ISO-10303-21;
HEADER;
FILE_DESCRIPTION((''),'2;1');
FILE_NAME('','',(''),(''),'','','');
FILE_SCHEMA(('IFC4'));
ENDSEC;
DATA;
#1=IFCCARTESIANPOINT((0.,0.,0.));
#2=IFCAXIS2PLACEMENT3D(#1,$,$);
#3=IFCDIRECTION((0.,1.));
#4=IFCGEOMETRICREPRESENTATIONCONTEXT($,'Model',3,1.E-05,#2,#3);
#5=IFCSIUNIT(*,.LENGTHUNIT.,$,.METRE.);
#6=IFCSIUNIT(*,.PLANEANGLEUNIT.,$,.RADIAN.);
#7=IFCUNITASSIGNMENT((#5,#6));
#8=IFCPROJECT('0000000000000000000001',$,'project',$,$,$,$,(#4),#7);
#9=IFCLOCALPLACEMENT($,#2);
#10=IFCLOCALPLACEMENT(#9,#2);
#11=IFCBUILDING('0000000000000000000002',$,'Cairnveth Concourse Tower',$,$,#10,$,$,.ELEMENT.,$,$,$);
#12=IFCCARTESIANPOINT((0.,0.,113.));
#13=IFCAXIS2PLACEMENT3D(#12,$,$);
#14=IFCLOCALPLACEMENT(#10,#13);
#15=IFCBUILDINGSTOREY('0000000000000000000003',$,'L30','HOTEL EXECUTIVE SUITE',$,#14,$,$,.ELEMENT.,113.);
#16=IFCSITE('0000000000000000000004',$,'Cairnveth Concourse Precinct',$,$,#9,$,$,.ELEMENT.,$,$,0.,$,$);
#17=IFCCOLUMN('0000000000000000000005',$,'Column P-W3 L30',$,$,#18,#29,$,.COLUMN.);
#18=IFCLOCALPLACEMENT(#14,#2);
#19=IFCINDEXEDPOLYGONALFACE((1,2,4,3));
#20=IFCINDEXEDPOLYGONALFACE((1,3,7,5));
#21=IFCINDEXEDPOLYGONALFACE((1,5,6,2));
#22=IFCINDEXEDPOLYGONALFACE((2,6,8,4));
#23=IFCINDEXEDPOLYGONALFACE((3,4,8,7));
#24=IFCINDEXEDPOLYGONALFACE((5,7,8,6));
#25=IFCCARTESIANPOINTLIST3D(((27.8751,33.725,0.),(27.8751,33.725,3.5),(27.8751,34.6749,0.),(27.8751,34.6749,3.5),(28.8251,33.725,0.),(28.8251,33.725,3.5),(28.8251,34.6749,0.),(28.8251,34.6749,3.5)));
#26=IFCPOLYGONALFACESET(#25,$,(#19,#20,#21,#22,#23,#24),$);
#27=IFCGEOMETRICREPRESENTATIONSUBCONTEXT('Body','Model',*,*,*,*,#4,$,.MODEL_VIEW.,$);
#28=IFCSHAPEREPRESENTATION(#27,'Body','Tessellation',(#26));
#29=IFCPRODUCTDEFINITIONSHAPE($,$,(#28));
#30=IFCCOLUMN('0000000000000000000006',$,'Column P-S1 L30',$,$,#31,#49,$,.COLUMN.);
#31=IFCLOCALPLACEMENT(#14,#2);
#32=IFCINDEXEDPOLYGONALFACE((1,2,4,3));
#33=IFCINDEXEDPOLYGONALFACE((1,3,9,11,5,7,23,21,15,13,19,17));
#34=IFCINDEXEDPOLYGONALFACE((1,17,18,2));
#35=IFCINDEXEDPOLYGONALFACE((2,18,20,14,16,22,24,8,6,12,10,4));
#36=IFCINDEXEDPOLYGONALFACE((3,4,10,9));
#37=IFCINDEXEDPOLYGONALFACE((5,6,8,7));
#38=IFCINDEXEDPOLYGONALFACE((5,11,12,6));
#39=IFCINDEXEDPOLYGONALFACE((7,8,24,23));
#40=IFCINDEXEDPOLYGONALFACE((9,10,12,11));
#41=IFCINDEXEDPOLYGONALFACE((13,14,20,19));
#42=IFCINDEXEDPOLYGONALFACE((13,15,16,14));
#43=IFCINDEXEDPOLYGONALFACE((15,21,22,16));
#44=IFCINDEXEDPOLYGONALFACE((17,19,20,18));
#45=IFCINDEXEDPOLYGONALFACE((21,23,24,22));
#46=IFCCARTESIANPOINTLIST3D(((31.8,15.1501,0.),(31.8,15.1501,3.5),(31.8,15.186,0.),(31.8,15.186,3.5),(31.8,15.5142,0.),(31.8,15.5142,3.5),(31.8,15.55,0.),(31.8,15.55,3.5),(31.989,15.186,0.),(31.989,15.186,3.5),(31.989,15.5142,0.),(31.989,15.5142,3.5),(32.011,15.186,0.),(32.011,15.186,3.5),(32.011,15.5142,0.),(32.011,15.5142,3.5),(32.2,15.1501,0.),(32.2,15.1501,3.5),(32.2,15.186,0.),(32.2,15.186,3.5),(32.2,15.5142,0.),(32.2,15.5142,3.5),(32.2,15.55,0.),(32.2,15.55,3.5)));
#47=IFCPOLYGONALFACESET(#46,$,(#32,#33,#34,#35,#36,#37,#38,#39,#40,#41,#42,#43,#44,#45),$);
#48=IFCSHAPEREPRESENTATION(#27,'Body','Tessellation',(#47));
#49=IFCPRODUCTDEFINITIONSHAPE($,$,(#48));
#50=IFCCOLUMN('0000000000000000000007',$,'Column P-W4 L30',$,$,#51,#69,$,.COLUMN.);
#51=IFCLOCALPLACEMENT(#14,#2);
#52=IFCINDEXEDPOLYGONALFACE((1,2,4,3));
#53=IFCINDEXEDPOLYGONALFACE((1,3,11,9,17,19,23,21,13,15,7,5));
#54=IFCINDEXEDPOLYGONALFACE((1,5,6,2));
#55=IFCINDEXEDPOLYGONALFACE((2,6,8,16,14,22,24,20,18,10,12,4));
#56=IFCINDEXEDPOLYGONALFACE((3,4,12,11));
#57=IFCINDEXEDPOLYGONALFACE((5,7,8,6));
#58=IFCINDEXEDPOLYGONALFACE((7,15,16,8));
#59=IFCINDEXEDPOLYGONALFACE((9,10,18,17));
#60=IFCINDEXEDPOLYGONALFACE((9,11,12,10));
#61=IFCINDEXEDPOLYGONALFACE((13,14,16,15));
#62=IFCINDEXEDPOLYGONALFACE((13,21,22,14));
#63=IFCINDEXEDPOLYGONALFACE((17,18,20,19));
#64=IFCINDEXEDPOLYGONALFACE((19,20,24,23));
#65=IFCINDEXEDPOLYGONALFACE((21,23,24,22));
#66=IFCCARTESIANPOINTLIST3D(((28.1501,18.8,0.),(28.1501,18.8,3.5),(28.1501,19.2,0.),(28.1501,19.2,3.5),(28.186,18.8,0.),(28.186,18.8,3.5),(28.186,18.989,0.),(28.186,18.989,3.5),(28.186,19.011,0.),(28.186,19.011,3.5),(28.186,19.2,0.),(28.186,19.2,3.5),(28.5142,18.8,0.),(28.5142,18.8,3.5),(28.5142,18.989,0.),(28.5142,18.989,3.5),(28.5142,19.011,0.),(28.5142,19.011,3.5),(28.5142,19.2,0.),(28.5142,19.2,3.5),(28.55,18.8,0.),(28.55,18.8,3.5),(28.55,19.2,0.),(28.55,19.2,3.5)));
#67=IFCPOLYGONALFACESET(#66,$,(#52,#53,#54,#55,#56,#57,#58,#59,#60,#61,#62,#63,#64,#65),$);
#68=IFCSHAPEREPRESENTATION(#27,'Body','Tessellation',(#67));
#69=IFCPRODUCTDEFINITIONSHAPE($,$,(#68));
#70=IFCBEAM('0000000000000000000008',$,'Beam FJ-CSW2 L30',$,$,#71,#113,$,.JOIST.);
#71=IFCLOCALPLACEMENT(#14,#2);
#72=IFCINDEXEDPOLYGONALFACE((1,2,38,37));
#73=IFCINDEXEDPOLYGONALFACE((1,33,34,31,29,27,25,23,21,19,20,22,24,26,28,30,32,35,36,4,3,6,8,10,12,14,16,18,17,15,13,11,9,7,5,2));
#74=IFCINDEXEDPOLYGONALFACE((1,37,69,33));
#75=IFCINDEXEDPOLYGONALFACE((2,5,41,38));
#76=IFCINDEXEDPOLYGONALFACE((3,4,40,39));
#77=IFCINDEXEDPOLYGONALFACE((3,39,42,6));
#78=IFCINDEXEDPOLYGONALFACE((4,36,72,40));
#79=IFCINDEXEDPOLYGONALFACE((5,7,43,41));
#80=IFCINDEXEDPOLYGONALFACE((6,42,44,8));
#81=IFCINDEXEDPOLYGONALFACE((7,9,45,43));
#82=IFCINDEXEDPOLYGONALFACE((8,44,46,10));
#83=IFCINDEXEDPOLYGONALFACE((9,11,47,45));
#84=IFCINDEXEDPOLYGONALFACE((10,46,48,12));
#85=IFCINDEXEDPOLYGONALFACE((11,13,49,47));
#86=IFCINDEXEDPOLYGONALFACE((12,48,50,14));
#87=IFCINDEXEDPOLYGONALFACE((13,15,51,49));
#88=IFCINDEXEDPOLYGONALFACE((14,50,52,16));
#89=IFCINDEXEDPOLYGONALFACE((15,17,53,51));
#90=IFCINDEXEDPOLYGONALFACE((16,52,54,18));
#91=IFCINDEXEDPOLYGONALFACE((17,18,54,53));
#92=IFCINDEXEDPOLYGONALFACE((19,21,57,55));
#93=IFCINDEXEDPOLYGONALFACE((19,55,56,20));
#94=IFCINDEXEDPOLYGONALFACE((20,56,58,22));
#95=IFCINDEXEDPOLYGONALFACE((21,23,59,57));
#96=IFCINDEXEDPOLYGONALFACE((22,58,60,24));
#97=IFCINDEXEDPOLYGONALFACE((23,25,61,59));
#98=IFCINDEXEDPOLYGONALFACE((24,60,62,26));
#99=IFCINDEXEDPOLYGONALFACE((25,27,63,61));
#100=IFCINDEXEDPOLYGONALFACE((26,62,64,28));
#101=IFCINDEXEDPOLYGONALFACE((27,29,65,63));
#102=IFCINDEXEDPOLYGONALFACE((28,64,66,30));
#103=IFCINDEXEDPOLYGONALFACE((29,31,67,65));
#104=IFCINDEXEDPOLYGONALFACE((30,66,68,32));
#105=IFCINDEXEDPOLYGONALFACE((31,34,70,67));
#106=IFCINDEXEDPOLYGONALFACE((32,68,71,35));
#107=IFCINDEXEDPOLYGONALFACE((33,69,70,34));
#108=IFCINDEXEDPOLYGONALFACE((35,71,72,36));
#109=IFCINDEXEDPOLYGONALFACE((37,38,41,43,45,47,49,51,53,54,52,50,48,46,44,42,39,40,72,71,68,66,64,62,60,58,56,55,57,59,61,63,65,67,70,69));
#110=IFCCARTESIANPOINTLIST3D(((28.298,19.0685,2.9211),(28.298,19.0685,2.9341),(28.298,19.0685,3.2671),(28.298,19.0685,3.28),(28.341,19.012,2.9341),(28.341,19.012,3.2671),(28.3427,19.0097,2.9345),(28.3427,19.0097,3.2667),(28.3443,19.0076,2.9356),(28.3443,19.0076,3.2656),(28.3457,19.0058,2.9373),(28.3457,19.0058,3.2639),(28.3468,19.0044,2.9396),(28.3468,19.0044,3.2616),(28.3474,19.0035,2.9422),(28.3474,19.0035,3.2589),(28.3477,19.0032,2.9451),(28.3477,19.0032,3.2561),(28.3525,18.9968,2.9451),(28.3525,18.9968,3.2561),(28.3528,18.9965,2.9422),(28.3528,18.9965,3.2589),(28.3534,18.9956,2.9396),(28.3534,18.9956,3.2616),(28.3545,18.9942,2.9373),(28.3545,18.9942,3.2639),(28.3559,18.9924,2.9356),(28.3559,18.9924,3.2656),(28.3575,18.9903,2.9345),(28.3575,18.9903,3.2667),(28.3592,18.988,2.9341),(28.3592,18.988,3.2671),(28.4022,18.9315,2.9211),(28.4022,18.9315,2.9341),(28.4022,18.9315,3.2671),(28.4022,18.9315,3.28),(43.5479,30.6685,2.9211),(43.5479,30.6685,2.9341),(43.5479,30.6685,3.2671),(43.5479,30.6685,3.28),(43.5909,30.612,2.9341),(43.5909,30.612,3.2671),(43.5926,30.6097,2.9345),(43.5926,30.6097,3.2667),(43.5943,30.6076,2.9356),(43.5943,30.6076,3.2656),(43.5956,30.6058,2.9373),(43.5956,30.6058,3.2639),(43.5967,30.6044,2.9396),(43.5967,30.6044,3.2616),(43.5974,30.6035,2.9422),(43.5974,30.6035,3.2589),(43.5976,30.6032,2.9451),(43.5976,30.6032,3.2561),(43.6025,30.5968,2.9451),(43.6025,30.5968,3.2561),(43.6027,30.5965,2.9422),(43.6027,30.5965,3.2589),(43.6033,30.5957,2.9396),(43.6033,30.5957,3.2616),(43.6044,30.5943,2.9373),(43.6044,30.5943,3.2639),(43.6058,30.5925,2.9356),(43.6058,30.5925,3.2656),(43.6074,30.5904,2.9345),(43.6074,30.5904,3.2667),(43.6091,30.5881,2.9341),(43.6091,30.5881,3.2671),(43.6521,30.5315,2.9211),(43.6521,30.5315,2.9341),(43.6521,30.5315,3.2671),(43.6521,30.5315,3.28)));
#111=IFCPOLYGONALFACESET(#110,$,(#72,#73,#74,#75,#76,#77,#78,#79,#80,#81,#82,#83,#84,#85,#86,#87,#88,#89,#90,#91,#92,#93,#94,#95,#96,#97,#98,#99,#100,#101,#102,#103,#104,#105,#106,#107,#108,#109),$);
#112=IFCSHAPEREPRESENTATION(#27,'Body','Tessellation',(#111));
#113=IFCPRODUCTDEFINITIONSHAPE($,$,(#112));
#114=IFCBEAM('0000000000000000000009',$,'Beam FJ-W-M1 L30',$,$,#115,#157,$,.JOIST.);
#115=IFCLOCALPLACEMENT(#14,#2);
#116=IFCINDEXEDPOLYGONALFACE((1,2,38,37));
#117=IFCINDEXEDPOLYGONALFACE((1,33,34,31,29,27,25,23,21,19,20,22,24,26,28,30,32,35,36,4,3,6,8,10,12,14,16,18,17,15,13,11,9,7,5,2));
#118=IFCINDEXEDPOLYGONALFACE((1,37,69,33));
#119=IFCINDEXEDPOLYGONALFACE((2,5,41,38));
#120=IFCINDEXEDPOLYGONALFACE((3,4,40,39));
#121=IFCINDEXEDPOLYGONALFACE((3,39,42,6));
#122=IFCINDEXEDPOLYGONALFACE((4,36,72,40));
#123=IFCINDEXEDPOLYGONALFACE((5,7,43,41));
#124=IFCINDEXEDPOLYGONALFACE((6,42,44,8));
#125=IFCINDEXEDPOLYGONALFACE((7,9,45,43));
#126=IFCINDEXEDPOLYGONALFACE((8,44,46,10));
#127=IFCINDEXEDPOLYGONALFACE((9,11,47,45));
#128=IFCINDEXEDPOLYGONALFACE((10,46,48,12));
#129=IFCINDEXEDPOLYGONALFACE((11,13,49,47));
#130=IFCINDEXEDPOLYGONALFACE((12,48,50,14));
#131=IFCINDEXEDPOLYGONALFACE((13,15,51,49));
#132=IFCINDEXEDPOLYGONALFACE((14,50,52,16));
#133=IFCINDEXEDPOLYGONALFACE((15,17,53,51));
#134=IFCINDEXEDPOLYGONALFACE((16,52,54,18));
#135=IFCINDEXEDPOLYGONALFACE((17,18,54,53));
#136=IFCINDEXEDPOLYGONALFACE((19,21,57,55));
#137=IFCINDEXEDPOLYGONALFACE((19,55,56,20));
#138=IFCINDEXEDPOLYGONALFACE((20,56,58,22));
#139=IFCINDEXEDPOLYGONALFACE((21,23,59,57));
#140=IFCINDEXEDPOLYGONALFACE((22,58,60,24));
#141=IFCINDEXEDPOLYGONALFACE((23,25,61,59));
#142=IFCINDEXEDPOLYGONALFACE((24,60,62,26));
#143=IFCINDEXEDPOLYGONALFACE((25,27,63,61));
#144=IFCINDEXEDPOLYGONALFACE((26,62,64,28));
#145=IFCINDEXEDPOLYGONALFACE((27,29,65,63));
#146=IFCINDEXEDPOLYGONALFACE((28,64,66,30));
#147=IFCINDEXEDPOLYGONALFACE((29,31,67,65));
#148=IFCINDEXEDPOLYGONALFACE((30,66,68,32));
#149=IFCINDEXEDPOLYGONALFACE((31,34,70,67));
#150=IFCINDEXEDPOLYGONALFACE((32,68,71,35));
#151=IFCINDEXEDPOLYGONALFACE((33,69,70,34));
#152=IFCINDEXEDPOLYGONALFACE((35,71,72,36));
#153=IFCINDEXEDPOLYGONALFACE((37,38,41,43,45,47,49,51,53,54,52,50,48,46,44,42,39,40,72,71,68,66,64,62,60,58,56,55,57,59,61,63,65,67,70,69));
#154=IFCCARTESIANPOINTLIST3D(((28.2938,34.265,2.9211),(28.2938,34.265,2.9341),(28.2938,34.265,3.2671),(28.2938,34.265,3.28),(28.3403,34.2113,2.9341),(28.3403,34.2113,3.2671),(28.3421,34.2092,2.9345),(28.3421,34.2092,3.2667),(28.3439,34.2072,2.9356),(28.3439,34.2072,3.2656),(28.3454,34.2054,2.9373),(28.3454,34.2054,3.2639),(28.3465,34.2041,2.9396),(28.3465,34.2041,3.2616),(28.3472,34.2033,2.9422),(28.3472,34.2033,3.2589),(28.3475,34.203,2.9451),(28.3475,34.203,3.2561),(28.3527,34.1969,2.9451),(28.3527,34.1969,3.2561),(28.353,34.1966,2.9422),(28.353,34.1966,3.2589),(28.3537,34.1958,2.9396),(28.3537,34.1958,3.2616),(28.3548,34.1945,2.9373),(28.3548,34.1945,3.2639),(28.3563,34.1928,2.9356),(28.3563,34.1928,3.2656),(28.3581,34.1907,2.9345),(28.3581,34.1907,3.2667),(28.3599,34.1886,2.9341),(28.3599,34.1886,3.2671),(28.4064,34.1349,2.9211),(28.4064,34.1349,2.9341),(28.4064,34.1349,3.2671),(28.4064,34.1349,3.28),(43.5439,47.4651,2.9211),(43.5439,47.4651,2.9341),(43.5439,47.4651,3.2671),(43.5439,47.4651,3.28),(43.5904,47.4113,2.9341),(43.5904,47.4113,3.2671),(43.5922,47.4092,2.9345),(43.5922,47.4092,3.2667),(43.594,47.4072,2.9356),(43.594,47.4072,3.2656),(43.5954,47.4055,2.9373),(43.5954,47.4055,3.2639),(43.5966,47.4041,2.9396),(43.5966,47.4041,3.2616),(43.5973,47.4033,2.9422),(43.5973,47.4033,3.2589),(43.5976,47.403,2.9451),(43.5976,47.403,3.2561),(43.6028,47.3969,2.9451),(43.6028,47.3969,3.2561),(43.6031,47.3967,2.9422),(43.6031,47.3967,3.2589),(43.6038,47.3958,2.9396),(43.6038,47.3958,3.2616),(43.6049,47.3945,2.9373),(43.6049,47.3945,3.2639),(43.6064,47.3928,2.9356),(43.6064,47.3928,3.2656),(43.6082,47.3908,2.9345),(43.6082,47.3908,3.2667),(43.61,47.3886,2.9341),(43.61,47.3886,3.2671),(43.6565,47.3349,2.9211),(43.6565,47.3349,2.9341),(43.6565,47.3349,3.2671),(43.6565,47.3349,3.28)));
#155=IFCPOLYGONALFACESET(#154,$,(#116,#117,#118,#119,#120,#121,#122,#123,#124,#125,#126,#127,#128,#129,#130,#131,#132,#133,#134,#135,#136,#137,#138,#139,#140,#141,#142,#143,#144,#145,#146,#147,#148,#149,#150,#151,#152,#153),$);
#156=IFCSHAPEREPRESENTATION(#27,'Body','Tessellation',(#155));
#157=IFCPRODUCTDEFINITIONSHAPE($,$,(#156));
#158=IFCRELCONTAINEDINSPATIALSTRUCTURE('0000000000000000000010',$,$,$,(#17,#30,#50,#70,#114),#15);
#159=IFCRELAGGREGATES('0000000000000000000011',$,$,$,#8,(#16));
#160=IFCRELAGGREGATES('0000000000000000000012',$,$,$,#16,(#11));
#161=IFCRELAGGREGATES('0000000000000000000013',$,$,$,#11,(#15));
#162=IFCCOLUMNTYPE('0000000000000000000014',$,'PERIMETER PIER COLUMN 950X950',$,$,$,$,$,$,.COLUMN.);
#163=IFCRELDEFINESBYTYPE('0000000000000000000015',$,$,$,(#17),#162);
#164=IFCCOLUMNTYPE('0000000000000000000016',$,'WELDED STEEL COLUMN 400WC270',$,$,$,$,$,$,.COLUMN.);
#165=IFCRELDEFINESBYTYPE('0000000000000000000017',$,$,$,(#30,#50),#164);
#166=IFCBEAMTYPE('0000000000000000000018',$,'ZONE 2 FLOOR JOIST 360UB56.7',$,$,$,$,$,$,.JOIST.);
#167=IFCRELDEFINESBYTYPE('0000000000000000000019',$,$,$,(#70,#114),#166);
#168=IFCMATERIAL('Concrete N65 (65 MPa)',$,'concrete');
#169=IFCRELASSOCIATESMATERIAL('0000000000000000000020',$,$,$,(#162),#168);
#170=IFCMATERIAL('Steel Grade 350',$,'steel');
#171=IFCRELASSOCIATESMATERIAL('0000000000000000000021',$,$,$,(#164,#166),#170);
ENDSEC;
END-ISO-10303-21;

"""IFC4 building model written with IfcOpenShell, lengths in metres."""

from ifc_helpers import new_model, si_unit, direction, frame, origin, origin_2d, place, context, subcontext, project, spatial, rectangle, i_section, extrude, material, material_profile, profile_set, type_object, element, save


model = new_model("IFC4")

# Units and contexts
model_context = context("Model", 3, precision=1e-05, world=origin(), true_north=direction((0.0, 1.0)))
body_context = subcontext(model_context, "Body", "Model", "MODEL_VIEW")
ifc_project = project(units=[si_unit("LENGTHUNIT", "METRE"), si_unit("PLANEANGLEUNIT", "RADIAN")], contexts=[model_context])

# Site, building, storey
site_placement = place(None, origin())
site = spatial("IfcSite", under=ifc_project, at=site_placement, Name="Cairnveth Concourse Precinct", CompositionType="ELEMENT", RefElevation=0.0)
building_placement = place(site_placement, origin())
building = spatial("IfcBuilding", under=site, at=building_placement, Name="Cairnveth Concourse Tower", CompositionType="ELEMENT")
storey_placement = place(building_placement, frame((0.0, 0.0, 113.0)))
storey = spatial("IfcBuildingStorey", under=building, at=storey_placement, Name="L30", Description="HOTEL EXECUTIVE SUITE", CompositionType="ELEMENT", Elevation=113.0)

# Columns
ifc_material_1 = material(Name="Concrete N65 (65 MPa)", Category="concrete")
ifc_material_profile_1 = material_profile(ifc_material_1, rectangle(XDim=0.95, YDim=0.95, at=origin_2d()), Name="RC-COL-950x950")
ifc_profile_set_1 = profile_set([ifc_material_profile_1], Name="Concrete N65 (65 MPa)")
column_type_1 = type_object("IfcColumnType", Name="PERIMETER PIER COLUMN 950X950", PredefinedType="COLUMN", material=ifc_profile_set_1)
column_placement = place(storey_placement, frame((28.3501, 34.2, 0.0), z_axis=(0.0, 0.0, 1.0), x_axis=(0.0, 1.0, 0.0)))
element("IfcColumn", 1, at=column_placement, inside=storey, type_object=column_type_1, Name="Column P-W3 L30", PredefinedType="COLUMN", context=body_context, shape_type="SweptSolid", body=[
    extrude(rectangle(XDim=0.95, YDim=0.95, at=origin_2d()), origin(), (0.0, 0.0, 1.0), 3.5),
])
ifc_material_2 = material(Name="Steel Grade 350", Category="steel")
ifc_material_profile_2 = material_profile(ifc_material_2, i_section(OverallWidth=0.3999, OverallDepth=0.3999, WebThickness=0.022, FlangeThickness=0.0359, at=origin_2d()), Name="400WC270")
ifc_profile_set_2 = profile_set([ifc_material_profile_2], Name="Steel Grade 350")
column_type_2 = type_object("IfcColumnType", Name="WELDED STEEL COLUMN 400WC270", PredefinedType="COLUMN", material=ifc_profile_set_2)
for number, where, z_axis, x_axis, name in (
    (2, (32.0, 15.3501, 0.0), (0.0, 0.0, 1.0), (1.0, 0.0, 0.0), "Column P-S1 L30"),
    (3, (28.3501, 19.0, 0.0), (0.0, 0.0, 1.0), (0.0, 1.0, 0.0), "Column P-W4 L30"),
):
    element("IfcColumn", number, at=place(storey_placement, frame(where, z_axis=z_axis, x_axis=x_axis)), inside=storey, type_object=column_type_2, Name=name, PredefinedType="COLUMN", context=body_context, shape_type="SweptSolid", body=[
        extrude(i_section(OverallWidth=0.3999, OverallDepth=0.3999, WebThickness=0.022, FlangeThickness=0.0359, at=origin_2d()), origin(), (0.0, 0.0, 1.0), 3.5),
    ])

# Beams
ifc_material_profile_3 = material_profile(ifc_material_2, i_section(OverallWidth=0.1721, OverallDepth=0.3589, WebThickness=0.0081, FlangeThickness=0.0129, FilletRadius=0.011, at=origin_2d()), Name="360UB56.7")
ifc_profile_set_3 = profile_set([ifc_material_profile_3], Name="Steel Grade 350")
beam_type_1 = type_object("IfcBeamType", Name="ZONE 2 FLOOR JOIST 360UB56.7", PredefinedType="JOIST", material=ifc_profile_set_3)
beam_1_placement = place(storey_placement, frame((28.3501, 19.0, 3.1006), z_axis=(0.795908, 0.605417, 0.0), x_axis=(-0.605417, 0.795908, 0.0)))
element("IfcBeam", 4, at=beam_1_placement, inside=storey, type_object=beam_type_1, Name="Beam FJ-CSW2 L30", PredefinedType="JOIST", context=body_context, shape_type="SweptSolid", body=[
    extrude(i_section(OverallWidth=0.1721, OverallDepth=0.3589, WebThickness=0.0081, FlangeThickness=0.0129, FilletRadius=0.011, at=origin_2d()), origin(), (0.0, 0.0, 1.0), 19.1604),
])
beam_2_placement = place(storey_placement, frame((28.3501, 34.2, 3.1006), z_axis=(0.756099, 0.654457, 0.0), x_axis=(-0.654457, 0.756099, 0.0)))
element("IfcBeam", 5, at=beam_2_placement, inside=storey, type_object=beam_type_1, Name="Beam FJ-W-M1 L30", PredefinedType="JOIST", context=body_context, shape_type="SweptSolid", body=[
    extrude(i_section(OverallWidth=0.1721, OverallDepth=0.3589, WebThickness=0.0081, FlangeThickness=0.0129, FilletRadius=0.011, at=origin_2d()), origin(), (0.0, 0.0, 1.0), 20.1694),
])

save(model, "model.ifc")
